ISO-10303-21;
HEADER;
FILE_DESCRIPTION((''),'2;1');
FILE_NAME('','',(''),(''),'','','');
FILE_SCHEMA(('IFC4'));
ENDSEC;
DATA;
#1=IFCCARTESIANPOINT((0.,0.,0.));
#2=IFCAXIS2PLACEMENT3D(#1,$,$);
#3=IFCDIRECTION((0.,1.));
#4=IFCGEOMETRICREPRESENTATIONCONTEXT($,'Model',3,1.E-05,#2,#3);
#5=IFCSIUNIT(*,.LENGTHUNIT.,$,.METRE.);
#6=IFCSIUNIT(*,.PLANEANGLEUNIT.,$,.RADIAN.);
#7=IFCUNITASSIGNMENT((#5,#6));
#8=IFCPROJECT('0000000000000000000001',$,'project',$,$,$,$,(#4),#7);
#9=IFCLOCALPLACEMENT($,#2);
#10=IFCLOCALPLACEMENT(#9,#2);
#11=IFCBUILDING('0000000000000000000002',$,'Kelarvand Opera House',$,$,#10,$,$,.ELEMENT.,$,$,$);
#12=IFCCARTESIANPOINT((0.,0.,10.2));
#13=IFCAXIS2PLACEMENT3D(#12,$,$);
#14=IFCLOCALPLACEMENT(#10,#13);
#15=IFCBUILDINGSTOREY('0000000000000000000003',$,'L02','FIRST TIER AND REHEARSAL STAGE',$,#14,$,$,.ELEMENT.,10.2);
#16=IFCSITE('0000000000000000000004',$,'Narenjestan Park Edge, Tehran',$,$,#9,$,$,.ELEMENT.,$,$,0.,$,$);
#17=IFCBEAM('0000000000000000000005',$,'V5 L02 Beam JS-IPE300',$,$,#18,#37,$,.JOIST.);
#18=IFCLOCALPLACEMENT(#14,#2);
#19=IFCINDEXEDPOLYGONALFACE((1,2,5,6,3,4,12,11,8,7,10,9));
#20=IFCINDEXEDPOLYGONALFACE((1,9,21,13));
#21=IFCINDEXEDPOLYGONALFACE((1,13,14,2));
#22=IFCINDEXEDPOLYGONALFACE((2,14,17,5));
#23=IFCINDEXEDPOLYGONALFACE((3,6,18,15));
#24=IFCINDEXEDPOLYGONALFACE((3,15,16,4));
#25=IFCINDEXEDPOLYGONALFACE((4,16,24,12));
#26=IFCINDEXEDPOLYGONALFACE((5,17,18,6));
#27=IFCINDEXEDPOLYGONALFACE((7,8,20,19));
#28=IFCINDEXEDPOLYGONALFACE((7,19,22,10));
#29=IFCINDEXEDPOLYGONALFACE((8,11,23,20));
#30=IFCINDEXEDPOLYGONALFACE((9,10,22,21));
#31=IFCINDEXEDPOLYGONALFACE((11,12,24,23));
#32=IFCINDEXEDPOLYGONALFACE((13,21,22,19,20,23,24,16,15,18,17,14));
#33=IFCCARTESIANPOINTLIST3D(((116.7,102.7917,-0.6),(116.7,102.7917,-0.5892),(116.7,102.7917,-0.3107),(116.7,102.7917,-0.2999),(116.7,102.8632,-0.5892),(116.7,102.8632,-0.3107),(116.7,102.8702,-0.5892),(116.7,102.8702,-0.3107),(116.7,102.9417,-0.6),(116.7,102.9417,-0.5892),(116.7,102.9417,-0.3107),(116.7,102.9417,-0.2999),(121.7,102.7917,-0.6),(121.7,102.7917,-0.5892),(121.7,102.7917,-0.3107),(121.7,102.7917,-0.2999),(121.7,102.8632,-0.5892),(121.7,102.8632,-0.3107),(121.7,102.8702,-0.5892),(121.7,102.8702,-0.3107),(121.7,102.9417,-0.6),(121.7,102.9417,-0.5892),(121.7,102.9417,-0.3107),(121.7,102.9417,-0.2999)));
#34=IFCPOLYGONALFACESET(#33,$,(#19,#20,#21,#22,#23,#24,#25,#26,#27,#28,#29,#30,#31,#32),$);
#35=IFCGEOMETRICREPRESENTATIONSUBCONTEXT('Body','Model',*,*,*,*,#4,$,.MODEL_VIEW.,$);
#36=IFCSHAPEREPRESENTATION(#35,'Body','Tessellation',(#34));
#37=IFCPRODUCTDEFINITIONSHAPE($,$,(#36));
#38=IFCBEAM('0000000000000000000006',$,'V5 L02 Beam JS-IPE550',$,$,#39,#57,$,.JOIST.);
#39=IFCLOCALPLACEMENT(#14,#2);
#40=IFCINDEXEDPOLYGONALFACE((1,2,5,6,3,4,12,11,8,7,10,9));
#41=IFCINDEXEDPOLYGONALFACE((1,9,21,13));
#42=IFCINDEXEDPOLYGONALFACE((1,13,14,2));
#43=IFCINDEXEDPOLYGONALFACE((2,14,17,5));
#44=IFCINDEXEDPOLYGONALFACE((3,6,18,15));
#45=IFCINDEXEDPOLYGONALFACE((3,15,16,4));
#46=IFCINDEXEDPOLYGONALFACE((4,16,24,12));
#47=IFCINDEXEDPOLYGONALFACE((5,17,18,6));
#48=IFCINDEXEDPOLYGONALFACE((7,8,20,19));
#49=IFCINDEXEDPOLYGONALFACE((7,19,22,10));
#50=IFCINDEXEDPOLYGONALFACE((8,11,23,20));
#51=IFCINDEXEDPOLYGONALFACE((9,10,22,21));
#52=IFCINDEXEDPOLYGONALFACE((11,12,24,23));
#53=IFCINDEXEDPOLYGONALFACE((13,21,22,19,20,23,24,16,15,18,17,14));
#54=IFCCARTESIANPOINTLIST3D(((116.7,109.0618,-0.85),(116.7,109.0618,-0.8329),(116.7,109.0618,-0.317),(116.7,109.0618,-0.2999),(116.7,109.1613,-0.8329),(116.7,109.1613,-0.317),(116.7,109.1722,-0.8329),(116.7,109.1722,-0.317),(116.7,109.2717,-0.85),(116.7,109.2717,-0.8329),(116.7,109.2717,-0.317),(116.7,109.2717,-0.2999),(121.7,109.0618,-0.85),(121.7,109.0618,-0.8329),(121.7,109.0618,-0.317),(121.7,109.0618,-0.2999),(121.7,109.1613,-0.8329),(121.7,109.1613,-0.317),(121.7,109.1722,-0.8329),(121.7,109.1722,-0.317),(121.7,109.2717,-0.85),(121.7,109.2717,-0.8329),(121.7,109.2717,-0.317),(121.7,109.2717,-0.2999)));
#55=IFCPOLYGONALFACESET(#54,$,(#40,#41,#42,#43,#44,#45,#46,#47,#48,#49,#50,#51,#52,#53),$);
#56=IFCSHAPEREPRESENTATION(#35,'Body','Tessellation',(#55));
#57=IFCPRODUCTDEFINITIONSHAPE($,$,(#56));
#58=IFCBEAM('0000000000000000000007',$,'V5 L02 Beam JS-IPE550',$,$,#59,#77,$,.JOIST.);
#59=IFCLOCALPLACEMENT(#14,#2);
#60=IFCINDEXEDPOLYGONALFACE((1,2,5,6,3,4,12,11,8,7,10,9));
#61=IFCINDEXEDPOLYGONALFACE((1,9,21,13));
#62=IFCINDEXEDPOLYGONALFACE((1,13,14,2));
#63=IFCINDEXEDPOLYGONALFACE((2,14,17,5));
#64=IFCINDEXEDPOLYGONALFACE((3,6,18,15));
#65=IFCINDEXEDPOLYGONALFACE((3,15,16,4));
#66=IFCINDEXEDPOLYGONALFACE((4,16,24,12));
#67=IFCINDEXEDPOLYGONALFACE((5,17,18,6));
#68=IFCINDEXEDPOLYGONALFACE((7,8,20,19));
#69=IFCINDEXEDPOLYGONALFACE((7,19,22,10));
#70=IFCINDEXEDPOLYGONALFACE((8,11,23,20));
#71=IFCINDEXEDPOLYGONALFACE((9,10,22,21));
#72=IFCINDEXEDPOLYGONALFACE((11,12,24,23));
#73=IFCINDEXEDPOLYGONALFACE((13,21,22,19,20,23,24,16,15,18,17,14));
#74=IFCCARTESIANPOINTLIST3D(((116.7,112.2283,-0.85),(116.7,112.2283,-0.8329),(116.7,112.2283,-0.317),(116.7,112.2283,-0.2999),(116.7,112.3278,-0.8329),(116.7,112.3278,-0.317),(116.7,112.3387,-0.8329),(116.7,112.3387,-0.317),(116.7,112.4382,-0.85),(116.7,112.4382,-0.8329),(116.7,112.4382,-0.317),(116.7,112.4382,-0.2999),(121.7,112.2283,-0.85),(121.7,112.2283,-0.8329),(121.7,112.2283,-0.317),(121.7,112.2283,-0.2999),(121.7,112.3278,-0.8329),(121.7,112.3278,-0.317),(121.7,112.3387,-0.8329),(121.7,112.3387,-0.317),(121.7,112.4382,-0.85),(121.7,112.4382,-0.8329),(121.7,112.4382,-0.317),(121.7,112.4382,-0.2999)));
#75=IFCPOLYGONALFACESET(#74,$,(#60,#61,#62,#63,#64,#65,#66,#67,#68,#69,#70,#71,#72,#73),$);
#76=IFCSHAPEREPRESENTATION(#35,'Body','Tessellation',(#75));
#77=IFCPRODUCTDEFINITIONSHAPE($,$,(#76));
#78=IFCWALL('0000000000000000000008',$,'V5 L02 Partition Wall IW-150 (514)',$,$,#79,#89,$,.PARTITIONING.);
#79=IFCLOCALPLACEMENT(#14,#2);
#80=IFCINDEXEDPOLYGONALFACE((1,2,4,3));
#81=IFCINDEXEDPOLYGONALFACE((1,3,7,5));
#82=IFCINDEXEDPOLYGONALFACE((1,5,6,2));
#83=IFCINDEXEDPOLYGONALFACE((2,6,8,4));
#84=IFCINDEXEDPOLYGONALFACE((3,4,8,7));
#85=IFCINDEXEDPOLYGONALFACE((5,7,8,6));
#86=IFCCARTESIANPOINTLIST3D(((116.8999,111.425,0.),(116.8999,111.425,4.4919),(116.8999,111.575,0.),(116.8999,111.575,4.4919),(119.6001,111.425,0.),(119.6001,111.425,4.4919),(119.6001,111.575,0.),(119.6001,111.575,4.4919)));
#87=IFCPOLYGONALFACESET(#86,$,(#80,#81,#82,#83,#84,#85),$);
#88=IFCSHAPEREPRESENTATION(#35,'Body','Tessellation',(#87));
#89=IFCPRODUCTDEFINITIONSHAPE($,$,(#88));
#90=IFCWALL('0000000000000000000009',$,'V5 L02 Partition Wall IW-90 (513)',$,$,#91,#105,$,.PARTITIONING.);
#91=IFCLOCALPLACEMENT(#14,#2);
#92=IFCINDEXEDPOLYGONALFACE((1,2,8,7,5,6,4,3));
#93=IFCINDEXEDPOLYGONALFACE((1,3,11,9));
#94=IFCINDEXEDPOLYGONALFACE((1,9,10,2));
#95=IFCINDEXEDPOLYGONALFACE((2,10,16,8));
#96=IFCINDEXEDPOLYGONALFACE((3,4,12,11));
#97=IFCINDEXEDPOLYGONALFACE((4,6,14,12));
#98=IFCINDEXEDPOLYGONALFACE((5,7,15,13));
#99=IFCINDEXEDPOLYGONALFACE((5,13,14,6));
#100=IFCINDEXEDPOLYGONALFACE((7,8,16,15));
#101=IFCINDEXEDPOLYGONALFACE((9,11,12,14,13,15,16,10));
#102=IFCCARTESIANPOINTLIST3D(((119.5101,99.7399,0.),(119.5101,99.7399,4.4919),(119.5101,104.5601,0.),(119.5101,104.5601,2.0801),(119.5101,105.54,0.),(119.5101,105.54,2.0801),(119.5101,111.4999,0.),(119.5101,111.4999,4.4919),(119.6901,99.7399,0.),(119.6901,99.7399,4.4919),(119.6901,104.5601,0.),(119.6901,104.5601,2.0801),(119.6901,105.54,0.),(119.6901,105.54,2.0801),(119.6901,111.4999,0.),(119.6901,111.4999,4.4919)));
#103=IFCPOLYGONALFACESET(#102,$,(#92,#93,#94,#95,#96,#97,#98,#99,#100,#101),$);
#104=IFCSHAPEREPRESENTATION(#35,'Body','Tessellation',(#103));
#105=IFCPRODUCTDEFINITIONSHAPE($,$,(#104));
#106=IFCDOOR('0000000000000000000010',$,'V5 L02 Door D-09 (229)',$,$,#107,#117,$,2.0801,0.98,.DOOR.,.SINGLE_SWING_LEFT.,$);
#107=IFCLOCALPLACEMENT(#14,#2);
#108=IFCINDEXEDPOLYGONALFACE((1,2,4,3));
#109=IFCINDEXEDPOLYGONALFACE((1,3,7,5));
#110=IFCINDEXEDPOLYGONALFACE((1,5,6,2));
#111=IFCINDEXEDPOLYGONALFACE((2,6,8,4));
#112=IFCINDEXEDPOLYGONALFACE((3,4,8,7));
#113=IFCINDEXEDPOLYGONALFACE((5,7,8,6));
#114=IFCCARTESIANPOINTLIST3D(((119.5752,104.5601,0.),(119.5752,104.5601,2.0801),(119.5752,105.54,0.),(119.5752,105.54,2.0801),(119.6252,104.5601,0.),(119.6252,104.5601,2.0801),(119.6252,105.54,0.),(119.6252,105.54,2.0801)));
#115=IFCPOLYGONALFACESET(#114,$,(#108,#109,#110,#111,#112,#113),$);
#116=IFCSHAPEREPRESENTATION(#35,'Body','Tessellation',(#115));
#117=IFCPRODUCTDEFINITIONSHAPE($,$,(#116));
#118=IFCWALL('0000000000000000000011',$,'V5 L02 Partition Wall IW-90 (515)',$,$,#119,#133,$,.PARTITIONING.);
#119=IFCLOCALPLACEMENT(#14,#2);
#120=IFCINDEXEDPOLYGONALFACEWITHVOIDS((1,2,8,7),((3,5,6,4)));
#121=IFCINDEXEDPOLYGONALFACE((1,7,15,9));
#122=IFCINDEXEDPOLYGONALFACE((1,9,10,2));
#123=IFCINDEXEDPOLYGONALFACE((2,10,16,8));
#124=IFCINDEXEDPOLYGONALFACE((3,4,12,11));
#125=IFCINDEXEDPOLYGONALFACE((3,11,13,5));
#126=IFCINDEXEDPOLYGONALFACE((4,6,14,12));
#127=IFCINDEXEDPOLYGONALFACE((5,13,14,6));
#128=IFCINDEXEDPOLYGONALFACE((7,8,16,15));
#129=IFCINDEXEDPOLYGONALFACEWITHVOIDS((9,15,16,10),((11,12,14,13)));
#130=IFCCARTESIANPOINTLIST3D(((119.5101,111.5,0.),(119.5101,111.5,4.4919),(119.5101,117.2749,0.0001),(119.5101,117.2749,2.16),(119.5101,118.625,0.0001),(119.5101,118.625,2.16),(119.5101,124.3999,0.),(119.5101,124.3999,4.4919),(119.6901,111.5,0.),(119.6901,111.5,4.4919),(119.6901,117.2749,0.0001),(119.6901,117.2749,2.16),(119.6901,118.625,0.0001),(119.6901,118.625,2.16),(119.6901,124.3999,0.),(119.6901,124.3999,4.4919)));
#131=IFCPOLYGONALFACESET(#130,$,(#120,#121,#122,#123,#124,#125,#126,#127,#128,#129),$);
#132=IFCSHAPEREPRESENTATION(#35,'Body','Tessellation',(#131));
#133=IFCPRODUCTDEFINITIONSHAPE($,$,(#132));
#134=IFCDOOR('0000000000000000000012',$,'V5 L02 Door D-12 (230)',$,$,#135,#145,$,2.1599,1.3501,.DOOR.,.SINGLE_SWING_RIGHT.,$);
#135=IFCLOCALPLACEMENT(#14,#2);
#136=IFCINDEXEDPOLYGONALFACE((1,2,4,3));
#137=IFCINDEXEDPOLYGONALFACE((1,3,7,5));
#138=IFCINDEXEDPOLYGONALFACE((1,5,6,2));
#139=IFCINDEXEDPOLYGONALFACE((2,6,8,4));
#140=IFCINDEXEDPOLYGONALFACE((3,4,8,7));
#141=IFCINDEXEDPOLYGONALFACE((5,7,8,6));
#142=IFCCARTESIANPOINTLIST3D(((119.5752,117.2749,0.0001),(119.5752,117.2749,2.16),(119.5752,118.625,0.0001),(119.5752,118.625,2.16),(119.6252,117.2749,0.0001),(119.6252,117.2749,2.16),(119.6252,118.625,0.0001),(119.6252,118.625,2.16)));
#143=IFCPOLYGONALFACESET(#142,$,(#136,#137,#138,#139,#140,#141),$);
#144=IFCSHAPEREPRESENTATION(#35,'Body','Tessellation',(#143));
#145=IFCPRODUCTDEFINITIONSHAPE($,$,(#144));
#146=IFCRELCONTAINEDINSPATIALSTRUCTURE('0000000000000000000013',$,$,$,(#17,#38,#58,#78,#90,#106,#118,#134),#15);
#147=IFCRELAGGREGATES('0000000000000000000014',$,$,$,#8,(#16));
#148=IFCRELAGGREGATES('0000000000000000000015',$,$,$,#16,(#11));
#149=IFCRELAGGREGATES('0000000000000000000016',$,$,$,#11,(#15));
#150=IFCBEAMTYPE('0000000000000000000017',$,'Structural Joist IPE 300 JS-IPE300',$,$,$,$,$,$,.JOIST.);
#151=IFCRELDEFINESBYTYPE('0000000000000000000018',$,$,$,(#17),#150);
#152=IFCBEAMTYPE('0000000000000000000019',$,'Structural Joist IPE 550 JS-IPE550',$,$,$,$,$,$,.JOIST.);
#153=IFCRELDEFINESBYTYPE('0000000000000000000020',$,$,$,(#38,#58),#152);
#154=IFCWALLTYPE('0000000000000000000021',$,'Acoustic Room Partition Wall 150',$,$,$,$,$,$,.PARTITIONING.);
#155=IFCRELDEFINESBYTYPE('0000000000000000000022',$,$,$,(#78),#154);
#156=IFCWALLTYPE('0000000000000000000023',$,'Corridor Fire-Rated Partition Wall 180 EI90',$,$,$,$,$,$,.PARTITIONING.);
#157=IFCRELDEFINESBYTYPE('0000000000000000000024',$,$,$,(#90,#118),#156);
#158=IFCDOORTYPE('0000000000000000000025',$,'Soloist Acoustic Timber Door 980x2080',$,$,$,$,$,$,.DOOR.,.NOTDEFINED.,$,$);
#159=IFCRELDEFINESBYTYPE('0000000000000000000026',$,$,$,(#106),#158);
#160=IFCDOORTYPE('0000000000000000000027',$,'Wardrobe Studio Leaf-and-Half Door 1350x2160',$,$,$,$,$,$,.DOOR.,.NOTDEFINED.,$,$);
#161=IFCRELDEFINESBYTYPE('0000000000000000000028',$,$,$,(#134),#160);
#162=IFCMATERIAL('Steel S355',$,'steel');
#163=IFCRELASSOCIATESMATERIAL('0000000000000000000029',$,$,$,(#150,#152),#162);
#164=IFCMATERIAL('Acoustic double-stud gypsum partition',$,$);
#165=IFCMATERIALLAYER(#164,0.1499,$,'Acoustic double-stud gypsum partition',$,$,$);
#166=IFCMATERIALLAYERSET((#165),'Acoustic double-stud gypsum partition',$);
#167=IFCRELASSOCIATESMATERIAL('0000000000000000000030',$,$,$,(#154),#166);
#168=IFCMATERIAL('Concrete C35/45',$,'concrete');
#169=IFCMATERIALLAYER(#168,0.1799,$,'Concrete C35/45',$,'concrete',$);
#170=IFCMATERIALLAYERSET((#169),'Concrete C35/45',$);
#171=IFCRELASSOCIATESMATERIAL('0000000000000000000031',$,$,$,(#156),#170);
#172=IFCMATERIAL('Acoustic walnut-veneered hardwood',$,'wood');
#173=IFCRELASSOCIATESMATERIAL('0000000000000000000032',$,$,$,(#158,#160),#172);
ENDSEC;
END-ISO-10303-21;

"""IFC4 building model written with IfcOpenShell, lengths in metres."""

from ifc_helpers import new_model, si_unit, direction, frame, frame_2d, origin, origin_2d, place, context, subcontext, project, spatial, rectangle, i_section, extrude, material, layer, layer_set, material_profile, profile_set, type_object, element, fill, save


model = new_model("IFC4")

# Units and contexts
model_context = context("Model", 3, precision=1e-05, world=origin(), true_north=direction((0.0, 1.0)))
body_context = subcontext(model_context, "Body", "Model", "MODEL_VIEW")
ifc_project = project(units=[si_unit("LENGTHUNIT", "METRE"), si_unit("PLANEANGLEUNIT", "RADIAN")], contexts=[model_context])

# Site, building, storey
site_placement = place(None, origin())
site = spatial("IfcSite", under=ifc_project, at=site_placement, Name="Narenjestan Park Edge, Tehran", CompositionType="ELEMENT", RefElevation=0.0)
building_placement = place(site_placement, origin())
building = spatial("IfcBuilding", under=site, at=building_placement, Name="Kelarvand Opera House", CompositionType="ELEMENT")
storey_placement = place(building_placement, frame((0.0, 0.0, 10.2)))
storey = spatial("IfcBuildingStorey", under=building, at=storey_placement, Name="L02", Description="FIRST TIER AND REHEARSAL STAGE", CompositionType="ELEMENT", Elevation=10.2)

# Beams
ifc_material_1 = material(Name="Steel S355", Category="steel")
ifc_material_profile_1 = material_profile(ifc_material_1, i_section(OverallWidth=0.1499, OverallDepth=0.3, WebThickness=0.0071, FlangeThickness=0.0107, at=origin_2d()), Name="IPE 300", Category="steel")
ifc_profile_set_1 = profile_set([ifc_material_profile_1], Name="Steel S355")
beam_type_1 = type_object("IfcBeamType", Name="Structural Joist IPE 300 JS-IPE300", PredefinedType="JOIST", material=ifc_profile_set_1)
for number, where, z_axis, x_axis, name in (
    (1, (116.7, 102.8667, -0.45), (1.0, 0.0, 0.0), (0.0, 1.0, 0.0), "V5 L02 Beam JS-IPE300"),
):
    element("IfcBeam", number, at=place(storey_placement, frame(where, z_axis=z_axis, x_axis=x_axis)), inside=storey, type_object=beam_type_1, Name=name, PredefinedType="JOIST", context=body_context, shape_type="SweptSolid", body=[
        extrude(i_section(OverallWidth=0.1499, OverallDepth=0.3, WebThickness=0.0071, FlangeThickness=0.0107, at=origin_2d()), origin(), (0.0, 0.0, 1.0), 5.0),
    ])
ifc_material_profile_2 = material_profile(ifc_material_1, i_section(OverallWidth=0.21, OverallDepth=0.55, WebThickness=0.011, FlangeThickness=0.0171, at=origin_2d()), Name="IPE 550", Category="steel")
ifc_profile_set_2 = profile_set([ifc_material_profile_2], Name="Steel S355")
beam_type_2 = type_object("IfcBeamType", Name="Structural Joist IPE 550 JS-IPE550", PredefinedType="JOIST", material=ifc_profile_set_2)
for number, where, z_axis, x_axis, name in (
    (2, (116.7, 109.1667, -0.575), (1.0, 0.0, 0.0), (0.0, 1.0, 0.0), "V5 L02 Beam JS-IPE550"),
    (3, (116.7, 112.3333, -0.575), (1.0, 0.0, 0.0), (0.0, 1.0, 0.0), "V5 L02 Beam JS-IPE550"),
):
    element("IfcBeam", number, at=place(storey_placement, frame(where, z_axis=z_axis, x_axis=x_axis)), inside=storey, type_object=beam_type_2, Name=name, PredefinedType="JOIST", context=body_context, shape_type="SweptSolid", body=[
        extrude(i_section(OverallWidth=0.21, OverallDepth=0.55, WebThickness=0.011, FlangeThickness=0.0171, at=origin_2d()), origin(), (0.0, 0.0, 1.0), 5.0),
    ])

# Wall
ifc_material_2 = material(Name="Acoustic double-stud gypsum partition")
ifc_layer_1 = layer(ifc_material_2, 0.1499, Name="Acoustic double-stud gypsum partition")
ifc_layer_set_1 = layer_set([ifc_layer_1], Name="Acoustic double-stud gypsum partition")
wall_type_1 = type_object("IfcWallType", Name="Acoustic Room Partition Wall 150", PredefinedType="PARTITIONING", material=ifc_layer_set_1)
wall_1_placement = place(storey_placement, frame((116.8999, 111.5, 0.0), z_axis=(0.0, 0.0, 1.0), x_axis=(1.0, 0.0, 0.0)))
element("IfcWall", 4, at=wall_1_placement, inside=storey, type_object=wall_type_1, Name="V5 L02 Partition Wall IW-150 (514)", PredefinedType="PARTITIONING", context=body_context, shape_type="SweptSolid", body=[
    extrude(rectangle(XDim=2.7002, YDim=0.1499, at=frame_2d((1.3501, 0.0))), origin(), (0.0, 0.0, 1.0), 4.4919),
])

# Walls, openings, doors
ifc_material_3 = material(Name="Concrete C35/45", Category="concrete")
ifc_layer_2 = layer(ifc_material_3, 0.1799, Name="Concrete C35/45", Category="concrete")
ifc_layer_set_2 = layer_set([ifc_layer_2], Name="Concrete C35/45")
wall_type_2 = type_object("IfcWallType", Name="Corridor Fire-Rated Partition Wall 180 EI90", PredefinedType="PARTITIONING", material=ifc_layer_set_2)
wall_2_placement = place(storey_placement, frame((119.6001, 99.74, 0.0), z_axis=(0.0, 0.0, 1.0), x_axis=(0.0, 1.0, 0.0)))
wall_2 = element("IfcWall", 5, at=wall_2_placement, inside=storey, type_object=wall_type_2, Name="V5 L02 Partition Wall IW-90 (513)", PredefinedType="PARTITIONING", context=body_context, shape_type="SweptSolid", body=[
    extrude(rectangle(XDim=11.76, YDim=0.1799, at=frame_2d((5.8799, 0.0))), origin(), (0.0, 0.0, 1.0), 4.4919),
])
opening_1_placement = place(wall_2_placement, frame((4.8201, 0.0, 0.0)))
opening_1 = element("IfcOpeningElement", 6, at=opening_1_placement, cuts=wall_2, PredefinedType="OPENING", context=body_context, shape_type="SweptSolid", body=[
    extrude(rectangle(XDim=0.98, YDim=2.0801, at=frame_2d((0.49, 1.04))), frame((0.0, 0.1001, 0.0), z_axis=(0.0, -1.0, 0.0), x_axis=(1.0, 0.0, 0.0)), (0.0, 0.0, 1.0), 0.2),
])
ifc_material_4 = material(Name="Acoustic walnut-veneered hardwood", Category="wood")
door_type_1 = type_object("IfcDoorType", Name="Soloist Acoustic Timber Door 980x2080", OperationType="NOTDEFINED", PredefinedType="DOOR", material=ifc_material_4)
door_1_placement = place(opening_1_placement, origin())
door_1 = element("IfcDoor", 7, at=door_1_placement, inside=storey, type_object=door_type_1, Name="V5 L02 Door D-09 (229)", OperationType="SINGLE_SWING_LEFT", OverallHeight=2.0801, OverallWidth=0.98, PredefinedType="DOOR", context=body_context, shape_type="SweptSolid", body=[
    extrude(rectangle(XDim=0.98, YDim=2.0801, at=frame_2d((0.49, 1.04))), frame((0.0, 0.0249, 0.0), z_axis=(0.0, -1.0, 0.0), x_axis=(1.0, 0.0, 0.0)), (0.0, 0.0, 1.0), 0.05),
])
fill(opening_1, door_1)
wall_3_placement = place(storey_placement, frame((119.6001, 111.5, 0.0), z_axis=(0.0, 0.0, 1.0), x_axis=(0.0, 1.0, 0.0)))
wall_3 = element("IfcWall", 8, at=wall_3_placement, inside=storey, type_object=wall_type_2, Name="V5 L02 Partition Wall IW-90 (515)", PredefinedType="PARTITIONING", context=body_context, shape_type="SweptSolid", body=[
    extrude(rectangle(XDim=12.8999, YDim=0.1799, at=frame_2d((6.45, 0.0))), origin(), (0.0, 0.0, 1.0), 4.4919),
])
opening_2_placement = place(wall_3_placement, frame((5.7749, 0.0, 0.0)))
opening_2 = element("IfcOpeningElement", 9, at=opening_2_placement, cuts=wall_3, PredefinedType="OPENING", context=body_context, shape_type="SweptSolid", body=[
    extrude(rectangle(XDim=1.3501, YDim=2.1599, at=frame_2d((0.675, 1.0801))), frame((0.0, 0.1001, 0.0), z_axis=(0.0, -1.0, 0.0), x_axis=(1.0, 0.0, 0.0)), (0.0, 0.0, 1.0), 0.2),
])
door_type_2 = type_object("IfcDoorType", Name="Wardrobe Studio Leaf-and-Half Door 1350x2160", OperationType="NOTDEFINED", PredefinedType="DOOR", material=ifc_material_4)
door_2_placement = place(opening_2_placement, origin())
door_2 = element("IfcDoor", 10, at=door_2_placement, inside=storey, type_object=door_type_2, Name="V5 L02 Door D-12 (230)", OperationType="SINGLE_SWING_RIGHT", OverallHeight=2.1599, OverallWidth=1.3501, PredefinedType="DOOR", context=body_context, shape_type="SweptSolid", body=[
    extrude(rectangle(XDim=1.3501, YDim=2.1599, at=frame_2d((0.675, 1.0801))), frame((0.0, 0.0249, 0.0), z_axis=(0.0, -1.0, 0.0), x_axis=(1.0, 0.0, 0.0)), (0.0, 0.0, 1.0), 0.05),
])
fill(opening_2, door_2)

save(model, "model.ifc")
